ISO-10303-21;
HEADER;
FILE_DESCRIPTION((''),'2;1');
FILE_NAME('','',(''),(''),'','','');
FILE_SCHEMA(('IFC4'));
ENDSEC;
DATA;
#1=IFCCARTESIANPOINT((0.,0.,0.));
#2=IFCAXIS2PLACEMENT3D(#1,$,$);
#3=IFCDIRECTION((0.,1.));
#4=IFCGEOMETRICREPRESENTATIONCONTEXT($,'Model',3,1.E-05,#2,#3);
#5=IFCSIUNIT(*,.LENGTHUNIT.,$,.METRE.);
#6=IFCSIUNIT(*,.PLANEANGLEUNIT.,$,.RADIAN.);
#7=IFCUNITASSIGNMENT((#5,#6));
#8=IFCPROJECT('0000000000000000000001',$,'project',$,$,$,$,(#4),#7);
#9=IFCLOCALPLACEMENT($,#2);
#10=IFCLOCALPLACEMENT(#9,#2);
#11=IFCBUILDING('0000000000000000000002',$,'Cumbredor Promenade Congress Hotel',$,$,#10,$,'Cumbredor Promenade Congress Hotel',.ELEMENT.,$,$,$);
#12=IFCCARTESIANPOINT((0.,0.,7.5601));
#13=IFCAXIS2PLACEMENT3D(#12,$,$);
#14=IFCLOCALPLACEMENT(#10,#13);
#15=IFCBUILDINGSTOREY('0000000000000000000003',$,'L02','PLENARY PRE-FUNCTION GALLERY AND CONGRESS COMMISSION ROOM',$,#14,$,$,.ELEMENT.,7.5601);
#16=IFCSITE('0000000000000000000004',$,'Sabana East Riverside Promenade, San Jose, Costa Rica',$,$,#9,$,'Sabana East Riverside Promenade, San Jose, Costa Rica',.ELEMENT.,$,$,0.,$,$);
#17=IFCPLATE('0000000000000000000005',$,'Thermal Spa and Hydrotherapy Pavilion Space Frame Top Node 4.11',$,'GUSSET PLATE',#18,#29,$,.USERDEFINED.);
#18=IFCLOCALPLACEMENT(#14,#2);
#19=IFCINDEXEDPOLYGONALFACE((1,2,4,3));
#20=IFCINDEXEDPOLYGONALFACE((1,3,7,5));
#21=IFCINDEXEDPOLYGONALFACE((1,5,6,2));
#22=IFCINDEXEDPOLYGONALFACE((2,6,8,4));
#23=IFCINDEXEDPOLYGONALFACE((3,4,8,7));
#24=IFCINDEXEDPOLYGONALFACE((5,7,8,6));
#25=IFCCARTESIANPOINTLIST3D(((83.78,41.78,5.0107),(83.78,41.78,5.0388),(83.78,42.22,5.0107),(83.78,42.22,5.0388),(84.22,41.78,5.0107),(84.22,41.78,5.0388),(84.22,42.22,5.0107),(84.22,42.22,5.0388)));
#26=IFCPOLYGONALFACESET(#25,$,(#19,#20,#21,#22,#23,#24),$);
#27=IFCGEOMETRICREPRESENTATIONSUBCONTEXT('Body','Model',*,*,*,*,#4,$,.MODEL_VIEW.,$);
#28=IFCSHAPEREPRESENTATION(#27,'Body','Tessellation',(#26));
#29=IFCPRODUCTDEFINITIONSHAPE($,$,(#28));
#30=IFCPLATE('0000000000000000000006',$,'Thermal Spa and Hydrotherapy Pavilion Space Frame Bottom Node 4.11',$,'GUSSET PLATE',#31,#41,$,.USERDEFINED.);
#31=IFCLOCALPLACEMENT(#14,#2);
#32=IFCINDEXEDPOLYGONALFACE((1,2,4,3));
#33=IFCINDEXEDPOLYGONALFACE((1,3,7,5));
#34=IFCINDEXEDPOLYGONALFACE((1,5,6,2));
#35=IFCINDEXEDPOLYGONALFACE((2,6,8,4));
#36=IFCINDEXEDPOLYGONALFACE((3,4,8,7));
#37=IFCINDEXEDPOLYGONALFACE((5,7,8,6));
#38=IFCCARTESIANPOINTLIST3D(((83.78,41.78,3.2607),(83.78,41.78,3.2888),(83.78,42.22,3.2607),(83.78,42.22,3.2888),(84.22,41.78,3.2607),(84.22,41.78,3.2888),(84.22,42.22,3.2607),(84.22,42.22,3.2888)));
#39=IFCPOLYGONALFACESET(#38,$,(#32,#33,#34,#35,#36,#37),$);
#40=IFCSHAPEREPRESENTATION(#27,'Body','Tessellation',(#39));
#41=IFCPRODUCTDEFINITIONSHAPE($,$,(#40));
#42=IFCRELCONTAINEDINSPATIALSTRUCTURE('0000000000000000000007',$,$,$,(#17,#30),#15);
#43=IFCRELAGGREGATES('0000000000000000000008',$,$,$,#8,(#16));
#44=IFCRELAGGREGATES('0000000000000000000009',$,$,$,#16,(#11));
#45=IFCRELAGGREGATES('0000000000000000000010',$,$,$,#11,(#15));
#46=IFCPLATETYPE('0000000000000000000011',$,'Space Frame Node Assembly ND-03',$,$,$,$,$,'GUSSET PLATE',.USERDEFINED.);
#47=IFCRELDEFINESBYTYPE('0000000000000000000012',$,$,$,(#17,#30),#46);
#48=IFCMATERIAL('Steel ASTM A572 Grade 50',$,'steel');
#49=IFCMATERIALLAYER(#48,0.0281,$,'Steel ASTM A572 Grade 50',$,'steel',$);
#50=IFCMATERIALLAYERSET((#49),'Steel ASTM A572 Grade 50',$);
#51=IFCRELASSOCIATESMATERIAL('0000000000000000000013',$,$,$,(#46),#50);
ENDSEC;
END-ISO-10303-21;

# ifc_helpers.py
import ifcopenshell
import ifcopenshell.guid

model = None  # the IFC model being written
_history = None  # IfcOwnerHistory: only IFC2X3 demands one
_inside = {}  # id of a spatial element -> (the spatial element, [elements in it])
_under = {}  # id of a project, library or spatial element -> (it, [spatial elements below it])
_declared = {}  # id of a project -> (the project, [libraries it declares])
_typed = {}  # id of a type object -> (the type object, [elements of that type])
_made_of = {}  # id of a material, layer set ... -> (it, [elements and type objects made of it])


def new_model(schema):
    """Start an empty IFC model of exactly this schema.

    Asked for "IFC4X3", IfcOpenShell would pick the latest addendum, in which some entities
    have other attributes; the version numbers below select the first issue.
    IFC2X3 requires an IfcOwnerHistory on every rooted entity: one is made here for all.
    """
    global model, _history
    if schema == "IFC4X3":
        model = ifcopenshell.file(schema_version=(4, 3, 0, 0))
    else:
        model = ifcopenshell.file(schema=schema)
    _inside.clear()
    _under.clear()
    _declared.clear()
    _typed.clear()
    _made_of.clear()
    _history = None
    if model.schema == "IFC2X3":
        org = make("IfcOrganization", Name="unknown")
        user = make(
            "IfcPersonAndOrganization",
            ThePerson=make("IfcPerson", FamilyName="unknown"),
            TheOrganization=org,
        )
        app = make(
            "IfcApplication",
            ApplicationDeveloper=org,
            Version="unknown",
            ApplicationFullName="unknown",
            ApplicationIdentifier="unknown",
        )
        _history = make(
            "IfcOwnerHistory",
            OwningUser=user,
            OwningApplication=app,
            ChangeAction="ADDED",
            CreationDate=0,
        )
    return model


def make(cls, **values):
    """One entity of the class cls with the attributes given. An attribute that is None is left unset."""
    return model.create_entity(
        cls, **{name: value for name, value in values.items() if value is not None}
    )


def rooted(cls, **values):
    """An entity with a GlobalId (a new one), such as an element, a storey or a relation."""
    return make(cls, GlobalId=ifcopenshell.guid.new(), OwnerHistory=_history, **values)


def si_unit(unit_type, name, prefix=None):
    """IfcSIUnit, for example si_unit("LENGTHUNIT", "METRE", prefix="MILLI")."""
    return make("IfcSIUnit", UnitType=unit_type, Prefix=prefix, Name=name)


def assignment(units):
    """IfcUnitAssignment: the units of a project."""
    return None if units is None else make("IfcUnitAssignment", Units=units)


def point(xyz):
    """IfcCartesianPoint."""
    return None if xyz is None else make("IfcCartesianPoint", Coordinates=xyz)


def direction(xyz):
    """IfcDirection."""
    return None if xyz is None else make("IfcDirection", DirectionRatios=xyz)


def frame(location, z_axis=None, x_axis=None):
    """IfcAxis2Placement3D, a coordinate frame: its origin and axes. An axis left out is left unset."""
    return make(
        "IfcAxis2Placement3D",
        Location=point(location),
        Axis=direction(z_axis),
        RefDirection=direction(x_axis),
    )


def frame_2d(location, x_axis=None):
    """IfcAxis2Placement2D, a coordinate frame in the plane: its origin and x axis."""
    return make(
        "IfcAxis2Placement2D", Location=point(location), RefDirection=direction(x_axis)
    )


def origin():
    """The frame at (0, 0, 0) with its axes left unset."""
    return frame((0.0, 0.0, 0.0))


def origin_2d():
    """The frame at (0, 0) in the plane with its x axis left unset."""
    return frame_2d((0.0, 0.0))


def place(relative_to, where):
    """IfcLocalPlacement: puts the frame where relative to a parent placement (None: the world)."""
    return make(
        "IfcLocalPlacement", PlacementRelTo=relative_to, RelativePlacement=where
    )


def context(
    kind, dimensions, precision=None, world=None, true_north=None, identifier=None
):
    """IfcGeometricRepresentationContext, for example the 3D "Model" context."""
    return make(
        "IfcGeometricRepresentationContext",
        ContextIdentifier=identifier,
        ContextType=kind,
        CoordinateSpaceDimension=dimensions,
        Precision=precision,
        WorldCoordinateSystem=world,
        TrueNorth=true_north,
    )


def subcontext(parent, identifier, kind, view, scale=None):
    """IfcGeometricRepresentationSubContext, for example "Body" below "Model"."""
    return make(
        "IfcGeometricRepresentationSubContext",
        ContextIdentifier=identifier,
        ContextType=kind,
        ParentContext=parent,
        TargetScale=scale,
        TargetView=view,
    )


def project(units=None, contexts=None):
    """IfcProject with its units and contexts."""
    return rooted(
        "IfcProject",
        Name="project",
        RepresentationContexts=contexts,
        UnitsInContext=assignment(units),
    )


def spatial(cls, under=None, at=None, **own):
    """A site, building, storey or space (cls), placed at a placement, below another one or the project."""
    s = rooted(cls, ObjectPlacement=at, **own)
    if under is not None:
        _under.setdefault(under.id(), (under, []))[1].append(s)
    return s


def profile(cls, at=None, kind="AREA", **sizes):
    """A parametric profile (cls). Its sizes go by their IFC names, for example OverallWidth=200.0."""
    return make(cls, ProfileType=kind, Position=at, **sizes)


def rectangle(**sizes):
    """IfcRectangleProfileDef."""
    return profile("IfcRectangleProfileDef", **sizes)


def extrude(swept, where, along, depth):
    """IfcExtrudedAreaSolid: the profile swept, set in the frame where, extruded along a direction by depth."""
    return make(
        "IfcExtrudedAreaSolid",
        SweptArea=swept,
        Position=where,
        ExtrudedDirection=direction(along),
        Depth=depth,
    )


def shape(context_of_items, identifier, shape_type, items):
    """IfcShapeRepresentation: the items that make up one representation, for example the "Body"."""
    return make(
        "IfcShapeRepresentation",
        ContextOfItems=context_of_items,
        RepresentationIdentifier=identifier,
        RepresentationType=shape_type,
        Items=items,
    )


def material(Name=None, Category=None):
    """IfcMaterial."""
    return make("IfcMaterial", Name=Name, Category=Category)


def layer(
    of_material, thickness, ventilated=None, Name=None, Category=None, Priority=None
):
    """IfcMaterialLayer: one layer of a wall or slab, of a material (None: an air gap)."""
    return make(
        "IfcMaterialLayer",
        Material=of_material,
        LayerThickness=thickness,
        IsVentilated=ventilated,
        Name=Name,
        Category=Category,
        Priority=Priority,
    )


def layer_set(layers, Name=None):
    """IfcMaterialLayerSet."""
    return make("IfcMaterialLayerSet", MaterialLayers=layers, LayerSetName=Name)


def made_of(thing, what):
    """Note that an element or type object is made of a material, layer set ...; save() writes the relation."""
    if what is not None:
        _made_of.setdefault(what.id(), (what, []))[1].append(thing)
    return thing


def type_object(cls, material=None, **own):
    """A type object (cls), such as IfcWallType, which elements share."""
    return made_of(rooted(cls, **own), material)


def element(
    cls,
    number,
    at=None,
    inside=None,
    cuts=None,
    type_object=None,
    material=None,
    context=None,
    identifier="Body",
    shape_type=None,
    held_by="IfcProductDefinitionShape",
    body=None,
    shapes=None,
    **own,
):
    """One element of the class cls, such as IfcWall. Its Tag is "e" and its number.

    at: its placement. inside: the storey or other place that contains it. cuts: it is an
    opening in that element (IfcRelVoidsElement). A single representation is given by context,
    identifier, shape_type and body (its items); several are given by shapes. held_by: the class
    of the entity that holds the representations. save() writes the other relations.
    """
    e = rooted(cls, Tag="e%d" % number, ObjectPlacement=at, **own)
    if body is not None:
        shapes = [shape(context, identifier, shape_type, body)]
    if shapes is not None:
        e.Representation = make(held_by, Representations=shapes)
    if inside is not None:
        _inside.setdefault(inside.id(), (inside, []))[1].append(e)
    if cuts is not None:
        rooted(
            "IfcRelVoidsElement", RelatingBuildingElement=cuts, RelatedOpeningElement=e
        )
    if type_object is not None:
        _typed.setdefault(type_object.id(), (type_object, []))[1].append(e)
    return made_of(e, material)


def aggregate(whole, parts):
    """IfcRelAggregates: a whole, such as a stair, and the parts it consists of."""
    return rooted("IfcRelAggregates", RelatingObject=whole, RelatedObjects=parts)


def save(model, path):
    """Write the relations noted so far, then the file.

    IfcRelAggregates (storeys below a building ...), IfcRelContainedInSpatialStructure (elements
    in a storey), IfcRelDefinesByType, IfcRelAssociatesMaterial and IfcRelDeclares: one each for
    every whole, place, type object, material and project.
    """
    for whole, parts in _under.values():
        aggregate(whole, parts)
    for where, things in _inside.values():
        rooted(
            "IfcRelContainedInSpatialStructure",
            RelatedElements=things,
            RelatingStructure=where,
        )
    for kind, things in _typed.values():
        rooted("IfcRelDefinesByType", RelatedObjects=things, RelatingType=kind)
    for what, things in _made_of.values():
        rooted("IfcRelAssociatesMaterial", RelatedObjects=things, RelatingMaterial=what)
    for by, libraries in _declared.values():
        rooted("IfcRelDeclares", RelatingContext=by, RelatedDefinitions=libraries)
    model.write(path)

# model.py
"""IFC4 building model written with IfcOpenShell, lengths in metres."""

from ifc_helpers import new_model, si_unit, direction, frame, origin, origin_2d, place, context, subcontext, project, spatial, rectangle, extrude, material, layer, layer_set, type_object, element, save


model = new_model("IFC4")

# Units and contexts
model_context = context("Model", 3, precision=1e-05, world=origin(), true_north=direction((0.0, 1.0)))
body_context = subcontext(model_context, "Body", "Model", "MODEL_VIEW")
ifc_project = project(units=[si_unit("LENGTHUNIT", "METRE"), si_unit("PLANEANGLEUNIT", "RADIAN")], contexts=[model_context])

# Site, building, storey
site_placement = place(None, origin())
site = spatial("IfcSite", under=ifc_project, at=site_placement, Name="Sabana East Riverside Promenade, San Jose, Costa Rica", LongName="Sabana East Riverside Promenade, San Jose, Costa Rica", CompositionType="ELEMENT", RefElevation=0.0)
building_placement = place(site_placement, origin())
building = spatial("IfcBuilding", under=site, at=building_placement, Name="Cumbredor Promenade Congress Hotel", LongName="Cumbredor Promenade Congress Hotel", CompositionType="ELEMENT")
storey_placement = place(building_placement, frame((0.0, 0.0, 7.5601)))
storey = spatial("IfcBuildingStorey", under=building, at=storey_placement, Name="L02", Description="PLENARY PRE-FUNCTION GALLERY AND CONGRESS COMMISSION ROOM", CompositionType="ELEMENT", Elevation=7.5601)

# Plates
ifc_material_1 = material(Name="Steel ASTM A572 Grade 50", Category="steel")
ifc_layer_1 = layer(ifc_material_1, 0.0281, Name="Steel ASTM A572 Grade 50", Category="steel")
ifc_layer_set_1 = layer_set([ifc_layer_1], Name="Steel ASTM A572 Grade 50")
plate_type_1 = type_object("IfcPlateType", Name="Space Frame Node Assembly ND-03", ElementType="GUSSET PLATE", PredefinedType="USERDEFINED", material=ifc_layer_set_1)
for number, where, z_axis, x_axis, name in (
    (1, (84.0, 42.0, 5.0107), (0.0, 0.0, 1.0), (1.0, 0.0, 0.0), "Thermal Spa and Hydrotherapy Pavilion Space Frame Top Node 4.11"),
    (2, (84.0, 42.0, 3.2607), (0.0, 0.0, 1.0), (1.0, 0.0, 0.0), "Thermal Spa and Hydrotherapy Pavilion Space Frame Bottom Node 4.11"),
):
    element("IfcPlate", number, at=place(storey_placement, frame(where, z_axis=z_axis, x_axis=x_axis)), inside=storey, type_object=plate_type_1, Name=name, ObjectType="GUSSET PLATE", PredefinedType="USERDEFINED", context=body_context, shape_type="SweptSolid", body=[
        extrude(rectangle(XDim=0.4399, YDim=0.4399, at=origin_2d()), origin(), (0.0, 0.0, 1.0), 0.0281),
    ])

save(model, "model.ifc")
